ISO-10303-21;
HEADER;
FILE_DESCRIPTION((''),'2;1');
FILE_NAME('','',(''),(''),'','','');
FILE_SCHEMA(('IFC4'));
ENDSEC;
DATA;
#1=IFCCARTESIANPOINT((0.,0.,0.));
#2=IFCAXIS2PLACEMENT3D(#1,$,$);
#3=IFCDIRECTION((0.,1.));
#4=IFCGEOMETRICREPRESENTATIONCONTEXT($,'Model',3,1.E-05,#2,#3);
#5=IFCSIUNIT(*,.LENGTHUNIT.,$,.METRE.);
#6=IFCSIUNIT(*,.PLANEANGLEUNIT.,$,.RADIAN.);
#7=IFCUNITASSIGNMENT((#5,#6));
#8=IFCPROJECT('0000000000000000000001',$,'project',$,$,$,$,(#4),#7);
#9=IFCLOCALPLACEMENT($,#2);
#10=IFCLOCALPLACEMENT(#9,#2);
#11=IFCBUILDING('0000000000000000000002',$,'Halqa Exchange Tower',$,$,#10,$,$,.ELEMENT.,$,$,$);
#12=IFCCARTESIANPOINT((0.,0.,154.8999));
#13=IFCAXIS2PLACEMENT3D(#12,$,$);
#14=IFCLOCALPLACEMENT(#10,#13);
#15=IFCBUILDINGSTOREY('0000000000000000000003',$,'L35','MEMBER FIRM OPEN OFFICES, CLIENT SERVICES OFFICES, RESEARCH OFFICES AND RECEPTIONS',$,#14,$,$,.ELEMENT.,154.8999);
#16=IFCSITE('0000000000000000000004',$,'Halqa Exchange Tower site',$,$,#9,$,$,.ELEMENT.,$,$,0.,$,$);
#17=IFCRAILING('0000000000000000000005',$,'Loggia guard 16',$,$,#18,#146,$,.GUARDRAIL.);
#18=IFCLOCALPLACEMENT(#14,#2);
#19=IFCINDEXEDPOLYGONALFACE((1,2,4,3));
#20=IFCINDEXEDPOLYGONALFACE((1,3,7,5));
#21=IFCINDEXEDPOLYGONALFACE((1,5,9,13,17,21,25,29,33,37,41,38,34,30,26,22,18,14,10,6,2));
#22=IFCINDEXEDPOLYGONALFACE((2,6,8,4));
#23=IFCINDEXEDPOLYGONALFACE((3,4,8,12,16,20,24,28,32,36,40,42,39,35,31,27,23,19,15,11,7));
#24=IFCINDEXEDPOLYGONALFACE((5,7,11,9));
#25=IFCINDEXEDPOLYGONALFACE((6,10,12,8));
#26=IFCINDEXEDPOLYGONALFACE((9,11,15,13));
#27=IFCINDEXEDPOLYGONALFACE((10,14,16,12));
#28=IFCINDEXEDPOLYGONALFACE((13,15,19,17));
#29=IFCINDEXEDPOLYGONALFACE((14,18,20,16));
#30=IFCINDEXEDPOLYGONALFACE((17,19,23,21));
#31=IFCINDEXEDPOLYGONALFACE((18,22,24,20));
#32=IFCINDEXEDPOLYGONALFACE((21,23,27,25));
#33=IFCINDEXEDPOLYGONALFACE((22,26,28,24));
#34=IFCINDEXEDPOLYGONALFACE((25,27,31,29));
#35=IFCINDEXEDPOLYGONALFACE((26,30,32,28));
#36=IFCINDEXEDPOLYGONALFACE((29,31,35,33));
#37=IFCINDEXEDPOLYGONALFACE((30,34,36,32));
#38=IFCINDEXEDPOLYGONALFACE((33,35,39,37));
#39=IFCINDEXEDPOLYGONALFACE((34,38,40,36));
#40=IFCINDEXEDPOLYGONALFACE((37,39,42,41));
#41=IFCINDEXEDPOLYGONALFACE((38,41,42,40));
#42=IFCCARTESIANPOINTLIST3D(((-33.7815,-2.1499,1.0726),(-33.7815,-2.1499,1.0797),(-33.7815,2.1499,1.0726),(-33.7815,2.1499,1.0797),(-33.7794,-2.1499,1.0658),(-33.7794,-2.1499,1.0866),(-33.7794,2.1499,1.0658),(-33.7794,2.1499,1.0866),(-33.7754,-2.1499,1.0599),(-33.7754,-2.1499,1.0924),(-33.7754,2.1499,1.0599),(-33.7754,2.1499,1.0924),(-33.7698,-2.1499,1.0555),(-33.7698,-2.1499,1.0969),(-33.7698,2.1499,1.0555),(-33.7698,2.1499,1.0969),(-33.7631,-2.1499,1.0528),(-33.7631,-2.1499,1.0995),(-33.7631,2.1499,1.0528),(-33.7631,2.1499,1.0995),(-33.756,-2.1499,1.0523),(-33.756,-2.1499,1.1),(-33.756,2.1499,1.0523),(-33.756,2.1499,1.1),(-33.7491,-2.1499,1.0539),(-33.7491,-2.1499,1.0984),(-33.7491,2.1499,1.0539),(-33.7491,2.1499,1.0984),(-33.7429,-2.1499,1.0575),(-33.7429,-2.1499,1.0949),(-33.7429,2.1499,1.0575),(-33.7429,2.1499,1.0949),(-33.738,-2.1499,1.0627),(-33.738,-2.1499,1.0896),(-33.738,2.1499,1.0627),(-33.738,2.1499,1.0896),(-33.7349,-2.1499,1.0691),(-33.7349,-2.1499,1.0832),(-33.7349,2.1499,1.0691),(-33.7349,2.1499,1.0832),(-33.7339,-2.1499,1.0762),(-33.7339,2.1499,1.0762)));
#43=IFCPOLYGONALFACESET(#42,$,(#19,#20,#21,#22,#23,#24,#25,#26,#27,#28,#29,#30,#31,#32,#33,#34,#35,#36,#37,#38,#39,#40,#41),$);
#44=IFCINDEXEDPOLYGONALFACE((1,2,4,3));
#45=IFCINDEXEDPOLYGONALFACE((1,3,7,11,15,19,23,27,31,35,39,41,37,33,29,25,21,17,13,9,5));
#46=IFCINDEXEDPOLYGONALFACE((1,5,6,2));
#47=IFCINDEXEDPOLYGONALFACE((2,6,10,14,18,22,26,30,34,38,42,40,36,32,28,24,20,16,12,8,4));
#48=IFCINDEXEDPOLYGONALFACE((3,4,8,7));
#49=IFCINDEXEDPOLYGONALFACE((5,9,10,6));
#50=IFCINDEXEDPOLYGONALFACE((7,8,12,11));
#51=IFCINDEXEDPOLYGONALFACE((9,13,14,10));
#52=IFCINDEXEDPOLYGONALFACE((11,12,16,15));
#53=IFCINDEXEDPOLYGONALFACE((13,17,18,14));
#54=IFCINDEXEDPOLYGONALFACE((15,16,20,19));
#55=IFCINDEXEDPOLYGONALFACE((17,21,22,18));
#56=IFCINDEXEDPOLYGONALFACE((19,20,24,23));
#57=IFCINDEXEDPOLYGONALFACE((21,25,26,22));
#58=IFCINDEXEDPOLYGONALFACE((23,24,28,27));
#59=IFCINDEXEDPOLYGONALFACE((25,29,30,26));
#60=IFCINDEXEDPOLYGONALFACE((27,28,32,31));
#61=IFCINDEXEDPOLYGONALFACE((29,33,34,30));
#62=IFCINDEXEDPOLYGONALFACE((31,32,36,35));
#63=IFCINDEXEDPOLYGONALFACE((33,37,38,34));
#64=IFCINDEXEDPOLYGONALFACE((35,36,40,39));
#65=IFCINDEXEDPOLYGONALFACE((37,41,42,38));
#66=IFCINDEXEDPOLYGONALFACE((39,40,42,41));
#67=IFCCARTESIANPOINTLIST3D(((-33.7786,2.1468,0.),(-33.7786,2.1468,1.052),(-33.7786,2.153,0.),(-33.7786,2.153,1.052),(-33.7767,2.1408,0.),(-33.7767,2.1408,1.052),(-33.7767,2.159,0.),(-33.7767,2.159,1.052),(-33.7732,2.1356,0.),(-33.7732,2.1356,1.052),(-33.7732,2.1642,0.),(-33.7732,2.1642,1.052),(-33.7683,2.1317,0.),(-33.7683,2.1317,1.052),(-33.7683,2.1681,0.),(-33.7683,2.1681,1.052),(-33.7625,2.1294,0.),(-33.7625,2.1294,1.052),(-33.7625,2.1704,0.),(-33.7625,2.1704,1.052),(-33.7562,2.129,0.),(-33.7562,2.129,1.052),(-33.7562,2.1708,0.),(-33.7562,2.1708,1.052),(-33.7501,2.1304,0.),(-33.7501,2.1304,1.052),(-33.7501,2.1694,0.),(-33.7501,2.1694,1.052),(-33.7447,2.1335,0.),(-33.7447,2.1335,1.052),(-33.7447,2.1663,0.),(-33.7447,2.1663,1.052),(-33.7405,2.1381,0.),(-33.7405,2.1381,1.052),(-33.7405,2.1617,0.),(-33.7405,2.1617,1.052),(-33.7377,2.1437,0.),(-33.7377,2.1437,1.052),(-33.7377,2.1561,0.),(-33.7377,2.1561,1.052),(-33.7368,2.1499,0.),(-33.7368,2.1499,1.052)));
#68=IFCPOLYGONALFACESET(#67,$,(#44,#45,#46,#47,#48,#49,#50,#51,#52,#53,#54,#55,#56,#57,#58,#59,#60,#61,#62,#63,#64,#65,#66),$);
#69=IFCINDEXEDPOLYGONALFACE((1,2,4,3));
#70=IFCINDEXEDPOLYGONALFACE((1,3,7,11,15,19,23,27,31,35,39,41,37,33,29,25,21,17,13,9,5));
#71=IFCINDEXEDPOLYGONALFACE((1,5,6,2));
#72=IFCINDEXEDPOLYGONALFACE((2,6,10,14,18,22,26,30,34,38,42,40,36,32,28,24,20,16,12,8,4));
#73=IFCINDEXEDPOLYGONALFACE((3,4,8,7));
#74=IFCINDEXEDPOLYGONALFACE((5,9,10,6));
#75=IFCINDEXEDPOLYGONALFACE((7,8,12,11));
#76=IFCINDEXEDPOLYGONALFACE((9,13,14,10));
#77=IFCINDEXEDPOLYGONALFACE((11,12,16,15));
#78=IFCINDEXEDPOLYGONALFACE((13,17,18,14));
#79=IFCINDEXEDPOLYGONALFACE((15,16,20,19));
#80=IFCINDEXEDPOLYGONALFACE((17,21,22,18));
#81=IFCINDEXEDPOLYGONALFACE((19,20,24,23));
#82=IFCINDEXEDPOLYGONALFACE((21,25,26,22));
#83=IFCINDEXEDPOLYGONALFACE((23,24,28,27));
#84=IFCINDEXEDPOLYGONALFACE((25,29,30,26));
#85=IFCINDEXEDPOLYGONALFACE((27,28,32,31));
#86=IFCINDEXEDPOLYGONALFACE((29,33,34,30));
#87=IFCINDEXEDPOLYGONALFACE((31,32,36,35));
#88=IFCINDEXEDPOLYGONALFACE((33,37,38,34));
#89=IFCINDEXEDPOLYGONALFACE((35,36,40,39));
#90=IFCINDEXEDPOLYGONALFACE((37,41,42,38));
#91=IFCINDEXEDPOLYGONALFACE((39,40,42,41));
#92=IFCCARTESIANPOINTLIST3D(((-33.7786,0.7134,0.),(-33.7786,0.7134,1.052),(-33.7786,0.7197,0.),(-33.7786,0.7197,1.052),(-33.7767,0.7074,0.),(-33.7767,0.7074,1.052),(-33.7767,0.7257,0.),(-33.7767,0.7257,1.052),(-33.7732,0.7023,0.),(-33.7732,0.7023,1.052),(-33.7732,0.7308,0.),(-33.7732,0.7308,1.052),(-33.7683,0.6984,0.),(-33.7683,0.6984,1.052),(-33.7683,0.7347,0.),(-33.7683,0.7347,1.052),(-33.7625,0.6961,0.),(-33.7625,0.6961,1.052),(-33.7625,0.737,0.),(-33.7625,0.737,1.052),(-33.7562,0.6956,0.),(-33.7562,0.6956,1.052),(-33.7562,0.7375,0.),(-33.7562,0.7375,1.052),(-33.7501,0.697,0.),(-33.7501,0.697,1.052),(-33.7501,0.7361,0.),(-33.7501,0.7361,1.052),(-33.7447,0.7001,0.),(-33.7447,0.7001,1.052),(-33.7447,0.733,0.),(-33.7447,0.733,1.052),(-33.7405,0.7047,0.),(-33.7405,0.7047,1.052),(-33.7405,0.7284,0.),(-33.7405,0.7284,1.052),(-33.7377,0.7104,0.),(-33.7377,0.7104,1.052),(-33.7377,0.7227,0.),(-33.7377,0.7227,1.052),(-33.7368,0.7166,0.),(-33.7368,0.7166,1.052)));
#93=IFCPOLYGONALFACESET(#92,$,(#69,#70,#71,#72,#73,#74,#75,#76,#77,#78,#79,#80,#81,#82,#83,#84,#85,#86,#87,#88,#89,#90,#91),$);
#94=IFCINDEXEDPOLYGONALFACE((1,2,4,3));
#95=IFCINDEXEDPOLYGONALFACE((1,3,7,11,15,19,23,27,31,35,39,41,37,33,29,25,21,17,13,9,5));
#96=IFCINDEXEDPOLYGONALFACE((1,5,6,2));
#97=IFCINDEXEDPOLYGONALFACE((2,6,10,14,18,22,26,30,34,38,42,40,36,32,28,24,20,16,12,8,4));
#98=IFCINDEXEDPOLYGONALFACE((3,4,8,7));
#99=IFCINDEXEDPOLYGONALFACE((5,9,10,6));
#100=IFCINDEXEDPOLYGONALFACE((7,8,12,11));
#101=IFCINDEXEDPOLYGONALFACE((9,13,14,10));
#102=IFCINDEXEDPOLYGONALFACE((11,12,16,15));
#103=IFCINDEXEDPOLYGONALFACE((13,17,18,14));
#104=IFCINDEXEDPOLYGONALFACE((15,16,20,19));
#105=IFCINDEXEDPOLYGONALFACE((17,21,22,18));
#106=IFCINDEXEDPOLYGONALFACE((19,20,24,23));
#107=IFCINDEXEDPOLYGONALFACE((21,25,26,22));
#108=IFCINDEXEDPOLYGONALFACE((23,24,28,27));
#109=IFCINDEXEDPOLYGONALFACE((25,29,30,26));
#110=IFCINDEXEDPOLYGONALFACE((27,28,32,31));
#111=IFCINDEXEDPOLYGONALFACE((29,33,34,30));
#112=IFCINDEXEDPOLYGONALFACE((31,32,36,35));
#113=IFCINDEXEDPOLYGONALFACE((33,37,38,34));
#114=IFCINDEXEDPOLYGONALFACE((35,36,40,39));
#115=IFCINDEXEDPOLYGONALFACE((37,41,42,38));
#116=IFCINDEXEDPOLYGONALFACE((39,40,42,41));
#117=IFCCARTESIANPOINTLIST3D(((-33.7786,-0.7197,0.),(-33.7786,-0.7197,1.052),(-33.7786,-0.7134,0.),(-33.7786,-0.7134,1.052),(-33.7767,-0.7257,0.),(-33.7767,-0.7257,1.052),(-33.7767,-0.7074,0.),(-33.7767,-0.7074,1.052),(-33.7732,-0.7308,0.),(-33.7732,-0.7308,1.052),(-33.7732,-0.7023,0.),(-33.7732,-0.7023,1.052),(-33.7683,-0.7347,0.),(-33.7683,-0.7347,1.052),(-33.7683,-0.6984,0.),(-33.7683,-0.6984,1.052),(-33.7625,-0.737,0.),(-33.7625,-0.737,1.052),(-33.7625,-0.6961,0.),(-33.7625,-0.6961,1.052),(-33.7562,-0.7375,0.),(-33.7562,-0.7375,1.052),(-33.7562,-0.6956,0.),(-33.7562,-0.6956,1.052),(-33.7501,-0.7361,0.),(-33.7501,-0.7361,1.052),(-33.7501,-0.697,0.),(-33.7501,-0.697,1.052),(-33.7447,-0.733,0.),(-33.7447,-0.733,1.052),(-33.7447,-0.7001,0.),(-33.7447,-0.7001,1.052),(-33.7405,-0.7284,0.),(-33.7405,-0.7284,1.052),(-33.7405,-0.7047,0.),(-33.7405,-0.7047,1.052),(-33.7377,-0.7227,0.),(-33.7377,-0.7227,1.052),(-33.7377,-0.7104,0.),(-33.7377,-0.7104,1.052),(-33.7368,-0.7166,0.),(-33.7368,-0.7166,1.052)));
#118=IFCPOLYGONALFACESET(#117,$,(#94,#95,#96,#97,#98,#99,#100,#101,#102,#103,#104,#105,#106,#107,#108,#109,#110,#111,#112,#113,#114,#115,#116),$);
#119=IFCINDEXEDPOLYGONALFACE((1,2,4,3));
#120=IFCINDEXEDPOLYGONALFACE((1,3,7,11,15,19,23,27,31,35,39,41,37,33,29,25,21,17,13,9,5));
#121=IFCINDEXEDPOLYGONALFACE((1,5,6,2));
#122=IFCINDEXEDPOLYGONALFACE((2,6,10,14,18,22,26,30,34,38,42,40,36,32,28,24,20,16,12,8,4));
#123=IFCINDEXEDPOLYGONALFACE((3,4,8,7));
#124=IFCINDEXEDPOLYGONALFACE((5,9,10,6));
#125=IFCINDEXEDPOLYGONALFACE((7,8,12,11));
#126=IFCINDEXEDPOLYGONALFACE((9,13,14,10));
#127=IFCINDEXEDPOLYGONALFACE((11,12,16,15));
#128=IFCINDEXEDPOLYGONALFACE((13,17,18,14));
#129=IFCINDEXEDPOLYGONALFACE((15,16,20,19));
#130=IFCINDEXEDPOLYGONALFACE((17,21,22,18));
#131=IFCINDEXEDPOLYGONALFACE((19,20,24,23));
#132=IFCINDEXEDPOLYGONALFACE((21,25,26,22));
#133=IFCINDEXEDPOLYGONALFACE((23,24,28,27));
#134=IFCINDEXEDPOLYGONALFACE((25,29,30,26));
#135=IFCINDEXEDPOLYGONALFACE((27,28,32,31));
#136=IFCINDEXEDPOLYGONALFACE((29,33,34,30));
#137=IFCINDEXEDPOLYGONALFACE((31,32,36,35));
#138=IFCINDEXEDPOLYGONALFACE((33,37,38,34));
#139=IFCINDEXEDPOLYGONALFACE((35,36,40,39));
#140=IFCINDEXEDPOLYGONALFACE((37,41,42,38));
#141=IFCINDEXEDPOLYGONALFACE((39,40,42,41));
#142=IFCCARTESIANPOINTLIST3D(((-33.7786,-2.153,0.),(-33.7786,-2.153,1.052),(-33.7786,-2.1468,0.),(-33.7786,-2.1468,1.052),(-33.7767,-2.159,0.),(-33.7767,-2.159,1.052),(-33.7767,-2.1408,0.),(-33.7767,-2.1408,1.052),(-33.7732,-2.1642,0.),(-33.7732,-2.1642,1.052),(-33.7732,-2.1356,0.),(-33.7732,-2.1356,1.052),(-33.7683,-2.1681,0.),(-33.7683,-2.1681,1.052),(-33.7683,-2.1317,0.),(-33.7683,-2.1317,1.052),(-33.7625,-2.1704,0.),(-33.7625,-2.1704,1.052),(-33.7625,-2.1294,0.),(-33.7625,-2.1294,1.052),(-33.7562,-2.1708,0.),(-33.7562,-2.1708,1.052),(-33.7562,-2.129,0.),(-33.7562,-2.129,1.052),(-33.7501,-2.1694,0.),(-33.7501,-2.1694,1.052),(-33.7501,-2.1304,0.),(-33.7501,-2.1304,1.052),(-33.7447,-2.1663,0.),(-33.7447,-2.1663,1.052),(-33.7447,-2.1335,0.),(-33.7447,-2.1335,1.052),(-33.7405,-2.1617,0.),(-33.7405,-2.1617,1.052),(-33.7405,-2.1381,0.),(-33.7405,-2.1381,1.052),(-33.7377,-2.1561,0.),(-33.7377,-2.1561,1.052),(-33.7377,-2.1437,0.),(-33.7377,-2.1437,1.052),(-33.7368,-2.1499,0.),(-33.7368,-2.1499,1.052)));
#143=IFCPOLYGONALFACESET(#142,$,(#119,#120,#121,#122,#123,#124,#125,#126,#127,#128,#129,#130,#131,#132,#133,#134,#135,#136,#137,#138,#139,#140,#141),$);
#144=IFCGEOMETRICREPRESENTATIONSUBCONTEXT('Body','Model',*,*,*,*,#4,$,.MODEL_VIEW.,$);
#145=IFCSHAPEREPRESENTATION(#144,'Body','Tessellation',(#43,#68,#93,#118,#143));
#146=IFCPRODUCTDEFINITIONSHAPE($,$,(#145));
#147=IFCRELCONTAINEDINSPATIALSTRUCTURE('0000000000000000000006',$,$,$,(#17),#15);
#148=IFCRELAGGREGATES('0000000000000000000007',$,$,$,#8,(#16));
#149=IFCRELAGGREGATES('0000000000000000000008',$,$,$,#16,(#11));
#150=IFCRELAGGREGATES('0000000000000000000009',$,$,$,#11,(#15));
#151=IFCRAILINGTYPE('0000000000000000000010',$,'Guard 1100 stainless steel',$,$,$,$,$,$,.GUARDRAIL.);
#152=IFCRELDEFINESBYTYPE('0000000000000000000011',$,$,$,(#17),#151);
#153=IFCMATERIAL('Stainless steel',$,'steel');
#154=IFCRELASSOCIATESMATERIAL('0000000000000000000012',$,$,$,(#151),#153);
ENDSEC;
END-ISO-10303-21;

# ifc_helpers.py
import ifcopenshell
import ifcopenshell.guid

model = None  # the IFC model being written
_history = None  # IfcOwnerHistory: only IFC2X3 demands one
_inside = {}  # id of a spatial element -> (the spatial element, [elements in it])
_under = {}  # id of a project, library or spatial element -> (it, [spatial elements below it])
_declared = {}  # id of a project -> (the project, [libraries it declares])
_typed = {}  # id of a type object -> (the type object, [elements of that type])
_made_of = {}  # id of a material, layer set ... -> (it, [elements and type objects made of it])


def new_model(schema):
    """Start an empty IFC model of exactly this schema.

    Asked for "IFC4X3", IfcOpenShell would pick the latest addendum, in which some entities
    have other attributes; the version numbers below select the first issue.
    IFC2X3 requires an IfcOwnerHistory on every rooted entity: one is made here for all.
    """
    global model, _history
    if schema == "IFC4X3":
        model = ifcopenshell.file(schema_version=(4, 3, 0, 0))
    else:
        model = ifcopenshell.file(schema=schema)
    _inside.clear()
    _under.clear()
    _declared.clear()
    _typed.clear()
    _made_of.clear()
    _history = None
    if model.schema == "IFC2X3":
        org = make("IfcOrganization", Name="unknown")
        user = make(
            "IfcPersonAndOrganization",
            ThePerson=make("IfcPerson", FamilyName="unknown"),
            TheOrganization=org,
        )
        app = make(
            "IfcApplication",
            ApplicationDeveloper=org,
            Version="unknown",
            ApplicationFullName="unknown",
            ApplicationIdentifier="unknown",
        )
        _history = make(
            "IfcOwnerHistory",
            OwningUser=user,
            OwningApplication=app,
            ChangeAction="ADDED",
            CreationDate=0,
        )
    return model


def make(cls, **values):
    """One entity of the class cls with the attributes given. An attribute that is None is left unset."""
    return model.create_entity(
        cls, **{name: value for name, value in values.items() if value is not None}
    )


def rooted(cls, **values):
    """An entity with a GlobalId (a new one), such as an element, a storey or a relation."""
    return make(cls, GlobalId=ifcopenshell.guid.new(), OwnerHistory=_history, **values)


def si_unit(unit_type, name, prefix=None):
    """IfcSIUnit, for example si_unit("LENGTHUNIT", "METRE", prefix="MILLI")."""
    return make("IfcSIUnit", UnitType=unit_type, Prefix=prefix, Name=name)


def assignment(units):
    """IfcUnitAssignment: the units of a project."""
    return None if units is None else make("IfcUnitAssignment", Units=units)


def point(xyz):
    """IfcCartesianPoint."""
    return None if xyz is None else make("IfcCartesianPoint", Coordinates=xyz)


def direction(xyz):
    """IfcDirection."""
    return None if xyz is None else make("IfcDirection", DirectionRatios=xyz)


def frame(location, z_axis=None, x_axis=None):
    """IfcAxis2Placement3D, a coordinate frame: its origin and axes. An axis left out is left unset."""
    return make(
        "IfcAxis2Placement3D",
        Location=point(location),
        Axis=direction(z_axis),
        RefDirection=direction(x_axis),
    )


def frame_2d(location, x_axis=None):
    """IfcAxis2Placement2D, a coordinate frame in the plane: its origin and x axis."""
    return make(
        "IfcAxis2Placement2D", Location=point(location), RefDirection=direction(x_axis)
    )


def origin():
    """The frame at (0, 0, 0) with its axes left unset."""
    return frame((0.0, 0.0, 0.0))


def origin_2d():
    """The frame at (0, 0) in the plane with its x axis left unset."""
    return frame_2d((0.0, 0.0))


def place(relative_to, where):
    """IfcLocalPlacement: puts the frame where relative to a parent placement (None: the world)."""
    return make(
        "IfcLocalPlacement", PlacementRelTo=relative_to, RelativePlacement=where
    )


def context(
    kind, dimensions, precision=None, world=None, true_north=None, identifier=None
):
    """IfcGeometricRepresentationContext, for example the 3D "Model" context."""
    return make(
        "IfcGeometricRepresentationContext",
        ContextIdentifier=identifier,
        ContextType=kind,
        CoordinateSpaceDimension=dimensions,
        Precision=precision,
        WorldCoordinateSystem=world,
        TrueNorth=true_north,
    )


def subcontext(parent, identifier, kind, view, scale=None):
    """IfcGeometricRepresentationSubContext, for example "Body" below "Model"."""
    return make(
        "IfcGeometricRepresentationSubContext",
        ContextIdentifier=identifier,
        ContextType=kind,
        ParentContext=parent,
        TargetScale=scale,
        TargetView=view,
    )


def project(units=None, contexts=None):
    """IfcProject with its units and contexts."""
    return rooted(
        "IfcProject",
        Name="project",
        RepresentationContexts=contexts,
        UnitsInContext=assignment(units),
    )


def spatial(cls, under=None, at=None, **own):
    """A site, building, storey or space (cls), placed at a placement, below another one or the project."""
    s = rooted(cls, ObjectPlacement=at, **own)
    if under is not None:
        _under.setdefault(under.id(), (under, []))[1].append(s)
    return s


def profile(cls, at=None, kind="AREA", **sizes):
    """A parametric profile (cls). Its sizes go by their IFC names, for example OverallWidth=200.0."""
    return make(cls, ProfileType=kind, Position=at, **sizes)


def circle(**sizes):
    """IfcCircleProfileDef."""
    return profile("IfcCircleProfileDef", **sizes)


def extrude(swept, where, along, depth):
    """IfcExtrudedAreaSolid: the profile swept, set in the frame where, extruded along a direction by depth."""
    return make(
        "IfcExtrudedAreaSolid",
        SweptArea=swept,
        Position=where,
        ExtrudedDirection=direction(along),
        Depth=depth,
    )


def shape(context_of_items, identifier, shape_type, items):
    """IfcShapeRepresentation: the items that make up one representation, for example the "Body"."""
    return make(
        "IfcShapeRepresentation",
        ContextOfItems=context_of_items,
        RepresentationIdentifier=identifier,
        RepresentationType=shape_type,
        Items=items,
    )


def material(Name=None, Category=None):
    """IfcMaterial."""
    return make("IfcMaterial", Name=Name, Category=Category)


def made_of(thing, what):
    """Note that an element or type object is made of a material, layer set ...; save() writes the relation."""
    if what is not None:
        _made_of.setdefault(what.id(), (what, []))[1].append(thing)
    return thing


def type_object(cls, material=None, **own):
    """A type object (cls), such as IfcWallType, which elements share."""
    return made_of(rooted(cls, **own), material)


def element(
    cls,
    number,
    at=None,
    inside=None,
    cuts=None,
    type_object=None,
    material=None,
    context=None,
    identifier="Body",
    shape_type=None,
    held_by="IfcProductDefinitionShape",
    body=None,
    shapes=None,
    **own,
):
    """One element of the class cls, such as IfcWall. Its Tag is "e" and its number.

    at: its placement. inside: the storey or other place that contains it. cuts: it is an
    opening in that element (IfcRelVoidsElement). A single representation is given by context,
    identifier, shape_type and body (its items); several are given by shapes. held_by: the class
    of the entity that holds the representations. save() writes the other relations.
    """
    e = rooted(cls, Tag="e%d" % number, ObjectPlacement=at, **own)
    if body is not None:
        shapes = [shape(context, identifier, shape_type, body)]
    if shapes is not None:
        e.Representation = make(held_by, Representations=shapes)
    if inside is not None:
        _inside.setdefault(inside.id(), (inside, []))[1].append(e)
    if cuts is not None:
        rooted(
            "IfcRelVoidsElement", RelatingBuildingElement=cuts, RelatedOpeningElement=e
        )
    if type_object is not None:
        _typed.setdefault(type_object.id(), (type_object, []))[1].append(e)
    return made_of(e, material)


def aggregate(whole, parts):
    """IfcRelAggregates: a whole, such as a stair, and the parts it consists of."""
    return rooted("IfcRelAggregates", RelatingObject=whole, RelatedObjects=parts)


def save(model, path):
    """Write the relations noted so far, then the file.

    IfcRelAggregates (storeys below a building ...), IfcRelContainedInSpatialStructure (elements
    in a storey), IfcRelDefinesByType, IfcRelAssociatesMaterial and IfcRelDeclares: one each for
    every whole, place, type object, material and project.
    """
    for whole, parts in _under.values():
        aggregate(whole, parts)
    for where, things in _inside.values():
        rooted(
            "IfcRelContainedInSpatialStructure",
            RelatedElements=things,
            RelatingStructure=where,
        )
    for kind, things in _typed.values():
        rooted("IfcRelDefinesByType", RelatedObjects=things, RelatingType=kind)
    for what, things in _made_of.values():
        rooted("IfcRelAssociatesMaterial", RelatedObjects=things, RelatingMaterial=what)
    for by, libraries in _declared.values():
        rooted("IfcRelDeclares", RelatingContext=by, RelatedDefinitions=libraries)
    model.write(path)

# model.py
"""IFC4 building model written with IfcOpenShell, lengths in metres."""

from ifc_helpers import new_model, si_unit, direction, frame, origin, origin_2d, place, context, subcontext, project, spatial, circle, extrude, material, type_object, element, save


model = new_model("IFC4")

# Units and contexts
model_context = context("Model", 3, precision=1e-05, world=origin(), true_north=direction((0.0, 1.0)))
body_context = subcontext(model_context, "Body", "Model", "MODEL_VIEW")
ifc_project = project(units=[si_unit("LENGTHUNIT", "METRE"), si_unit("PLANEANGLEUNIT", "RADIAN")], contexts=[model_context])

# Site, building, storey
site_placement = place(None, origin())
site = spatial("IfcSite", under=ifc_project, at=site_placement, Name="Halqa Exchange Tower site", CompositionType="ELEMENT", RefElevation=0.0)
building_placement = place(site_placement, origin())
building = spatial("IfcBuilding", under=site, at=building_placement, Name="Halqa Exchange Tower", CompositionType="ELEMENT")
storey_placement = place(building_placement, frame((0.0, 0.0, 154.8999)))
storey = spatial("IfcBuildingStorey", under=building, at=storey_placement, Name="L35", Description="MEMBER FIRM OPEN OFFICES, CLIENT SERVICES OFFICES, RESEARCH OFFICES AND RECEPTIONS", CompositionType="ELEMENT", Elevation=154.8999)

# Railing
ifc_material_1 = material(Name="Stainless steel", Category="steel")
railing_type = type_object("IfcRailingType", Name="Guard 1100 stainless steel", PredefinedType="GUARDRAIL", material=ifc_material_1)
railing_1_placement = place(storey_placement, frame((-33.7578, 2.1499, 0.0)))
element("IfcRailing", 1, at=railing_1_placement, inside=storey, type_object=railing_type, Name="Loggia guard 16", PredefinedType="GUARDRAIL", context=body_context, shape_type="SweptSolid", body=[
    extrude(circle(Radius=0.0239, at=origin_2d()), frame((0.0, 0.0, 1.0762), z_axis=(0.0, -1.0, 0.0), x_axis=(1.0, 0.0, 0.0)), (0.0, 0.0, 1.0), 4.2998),
    extrude(circle(Radius=0.021, at=origin_2d()), origin(), (0.0, 0.0, 1.0), 1.052),
    extrude(circle(Radius=0.021, at=origin_2d()), frame((0.0, -1.4333, 0.0)), (0.0, 0.0, 1.0), 1.052),
    extrude(circle(Radius=0.021, at=origin_2d()), frame((0.0, -2.8665, 0.0)), (0.0, 0.0, 1.0), 1.052),
    extrude(circle(Radius=0.021, at=origin_2d()), frame((0.0, -4.2998, 0.0)), (0.0, 0.0, 1.0), 1.052),
])

save(model, "model.ifc")
